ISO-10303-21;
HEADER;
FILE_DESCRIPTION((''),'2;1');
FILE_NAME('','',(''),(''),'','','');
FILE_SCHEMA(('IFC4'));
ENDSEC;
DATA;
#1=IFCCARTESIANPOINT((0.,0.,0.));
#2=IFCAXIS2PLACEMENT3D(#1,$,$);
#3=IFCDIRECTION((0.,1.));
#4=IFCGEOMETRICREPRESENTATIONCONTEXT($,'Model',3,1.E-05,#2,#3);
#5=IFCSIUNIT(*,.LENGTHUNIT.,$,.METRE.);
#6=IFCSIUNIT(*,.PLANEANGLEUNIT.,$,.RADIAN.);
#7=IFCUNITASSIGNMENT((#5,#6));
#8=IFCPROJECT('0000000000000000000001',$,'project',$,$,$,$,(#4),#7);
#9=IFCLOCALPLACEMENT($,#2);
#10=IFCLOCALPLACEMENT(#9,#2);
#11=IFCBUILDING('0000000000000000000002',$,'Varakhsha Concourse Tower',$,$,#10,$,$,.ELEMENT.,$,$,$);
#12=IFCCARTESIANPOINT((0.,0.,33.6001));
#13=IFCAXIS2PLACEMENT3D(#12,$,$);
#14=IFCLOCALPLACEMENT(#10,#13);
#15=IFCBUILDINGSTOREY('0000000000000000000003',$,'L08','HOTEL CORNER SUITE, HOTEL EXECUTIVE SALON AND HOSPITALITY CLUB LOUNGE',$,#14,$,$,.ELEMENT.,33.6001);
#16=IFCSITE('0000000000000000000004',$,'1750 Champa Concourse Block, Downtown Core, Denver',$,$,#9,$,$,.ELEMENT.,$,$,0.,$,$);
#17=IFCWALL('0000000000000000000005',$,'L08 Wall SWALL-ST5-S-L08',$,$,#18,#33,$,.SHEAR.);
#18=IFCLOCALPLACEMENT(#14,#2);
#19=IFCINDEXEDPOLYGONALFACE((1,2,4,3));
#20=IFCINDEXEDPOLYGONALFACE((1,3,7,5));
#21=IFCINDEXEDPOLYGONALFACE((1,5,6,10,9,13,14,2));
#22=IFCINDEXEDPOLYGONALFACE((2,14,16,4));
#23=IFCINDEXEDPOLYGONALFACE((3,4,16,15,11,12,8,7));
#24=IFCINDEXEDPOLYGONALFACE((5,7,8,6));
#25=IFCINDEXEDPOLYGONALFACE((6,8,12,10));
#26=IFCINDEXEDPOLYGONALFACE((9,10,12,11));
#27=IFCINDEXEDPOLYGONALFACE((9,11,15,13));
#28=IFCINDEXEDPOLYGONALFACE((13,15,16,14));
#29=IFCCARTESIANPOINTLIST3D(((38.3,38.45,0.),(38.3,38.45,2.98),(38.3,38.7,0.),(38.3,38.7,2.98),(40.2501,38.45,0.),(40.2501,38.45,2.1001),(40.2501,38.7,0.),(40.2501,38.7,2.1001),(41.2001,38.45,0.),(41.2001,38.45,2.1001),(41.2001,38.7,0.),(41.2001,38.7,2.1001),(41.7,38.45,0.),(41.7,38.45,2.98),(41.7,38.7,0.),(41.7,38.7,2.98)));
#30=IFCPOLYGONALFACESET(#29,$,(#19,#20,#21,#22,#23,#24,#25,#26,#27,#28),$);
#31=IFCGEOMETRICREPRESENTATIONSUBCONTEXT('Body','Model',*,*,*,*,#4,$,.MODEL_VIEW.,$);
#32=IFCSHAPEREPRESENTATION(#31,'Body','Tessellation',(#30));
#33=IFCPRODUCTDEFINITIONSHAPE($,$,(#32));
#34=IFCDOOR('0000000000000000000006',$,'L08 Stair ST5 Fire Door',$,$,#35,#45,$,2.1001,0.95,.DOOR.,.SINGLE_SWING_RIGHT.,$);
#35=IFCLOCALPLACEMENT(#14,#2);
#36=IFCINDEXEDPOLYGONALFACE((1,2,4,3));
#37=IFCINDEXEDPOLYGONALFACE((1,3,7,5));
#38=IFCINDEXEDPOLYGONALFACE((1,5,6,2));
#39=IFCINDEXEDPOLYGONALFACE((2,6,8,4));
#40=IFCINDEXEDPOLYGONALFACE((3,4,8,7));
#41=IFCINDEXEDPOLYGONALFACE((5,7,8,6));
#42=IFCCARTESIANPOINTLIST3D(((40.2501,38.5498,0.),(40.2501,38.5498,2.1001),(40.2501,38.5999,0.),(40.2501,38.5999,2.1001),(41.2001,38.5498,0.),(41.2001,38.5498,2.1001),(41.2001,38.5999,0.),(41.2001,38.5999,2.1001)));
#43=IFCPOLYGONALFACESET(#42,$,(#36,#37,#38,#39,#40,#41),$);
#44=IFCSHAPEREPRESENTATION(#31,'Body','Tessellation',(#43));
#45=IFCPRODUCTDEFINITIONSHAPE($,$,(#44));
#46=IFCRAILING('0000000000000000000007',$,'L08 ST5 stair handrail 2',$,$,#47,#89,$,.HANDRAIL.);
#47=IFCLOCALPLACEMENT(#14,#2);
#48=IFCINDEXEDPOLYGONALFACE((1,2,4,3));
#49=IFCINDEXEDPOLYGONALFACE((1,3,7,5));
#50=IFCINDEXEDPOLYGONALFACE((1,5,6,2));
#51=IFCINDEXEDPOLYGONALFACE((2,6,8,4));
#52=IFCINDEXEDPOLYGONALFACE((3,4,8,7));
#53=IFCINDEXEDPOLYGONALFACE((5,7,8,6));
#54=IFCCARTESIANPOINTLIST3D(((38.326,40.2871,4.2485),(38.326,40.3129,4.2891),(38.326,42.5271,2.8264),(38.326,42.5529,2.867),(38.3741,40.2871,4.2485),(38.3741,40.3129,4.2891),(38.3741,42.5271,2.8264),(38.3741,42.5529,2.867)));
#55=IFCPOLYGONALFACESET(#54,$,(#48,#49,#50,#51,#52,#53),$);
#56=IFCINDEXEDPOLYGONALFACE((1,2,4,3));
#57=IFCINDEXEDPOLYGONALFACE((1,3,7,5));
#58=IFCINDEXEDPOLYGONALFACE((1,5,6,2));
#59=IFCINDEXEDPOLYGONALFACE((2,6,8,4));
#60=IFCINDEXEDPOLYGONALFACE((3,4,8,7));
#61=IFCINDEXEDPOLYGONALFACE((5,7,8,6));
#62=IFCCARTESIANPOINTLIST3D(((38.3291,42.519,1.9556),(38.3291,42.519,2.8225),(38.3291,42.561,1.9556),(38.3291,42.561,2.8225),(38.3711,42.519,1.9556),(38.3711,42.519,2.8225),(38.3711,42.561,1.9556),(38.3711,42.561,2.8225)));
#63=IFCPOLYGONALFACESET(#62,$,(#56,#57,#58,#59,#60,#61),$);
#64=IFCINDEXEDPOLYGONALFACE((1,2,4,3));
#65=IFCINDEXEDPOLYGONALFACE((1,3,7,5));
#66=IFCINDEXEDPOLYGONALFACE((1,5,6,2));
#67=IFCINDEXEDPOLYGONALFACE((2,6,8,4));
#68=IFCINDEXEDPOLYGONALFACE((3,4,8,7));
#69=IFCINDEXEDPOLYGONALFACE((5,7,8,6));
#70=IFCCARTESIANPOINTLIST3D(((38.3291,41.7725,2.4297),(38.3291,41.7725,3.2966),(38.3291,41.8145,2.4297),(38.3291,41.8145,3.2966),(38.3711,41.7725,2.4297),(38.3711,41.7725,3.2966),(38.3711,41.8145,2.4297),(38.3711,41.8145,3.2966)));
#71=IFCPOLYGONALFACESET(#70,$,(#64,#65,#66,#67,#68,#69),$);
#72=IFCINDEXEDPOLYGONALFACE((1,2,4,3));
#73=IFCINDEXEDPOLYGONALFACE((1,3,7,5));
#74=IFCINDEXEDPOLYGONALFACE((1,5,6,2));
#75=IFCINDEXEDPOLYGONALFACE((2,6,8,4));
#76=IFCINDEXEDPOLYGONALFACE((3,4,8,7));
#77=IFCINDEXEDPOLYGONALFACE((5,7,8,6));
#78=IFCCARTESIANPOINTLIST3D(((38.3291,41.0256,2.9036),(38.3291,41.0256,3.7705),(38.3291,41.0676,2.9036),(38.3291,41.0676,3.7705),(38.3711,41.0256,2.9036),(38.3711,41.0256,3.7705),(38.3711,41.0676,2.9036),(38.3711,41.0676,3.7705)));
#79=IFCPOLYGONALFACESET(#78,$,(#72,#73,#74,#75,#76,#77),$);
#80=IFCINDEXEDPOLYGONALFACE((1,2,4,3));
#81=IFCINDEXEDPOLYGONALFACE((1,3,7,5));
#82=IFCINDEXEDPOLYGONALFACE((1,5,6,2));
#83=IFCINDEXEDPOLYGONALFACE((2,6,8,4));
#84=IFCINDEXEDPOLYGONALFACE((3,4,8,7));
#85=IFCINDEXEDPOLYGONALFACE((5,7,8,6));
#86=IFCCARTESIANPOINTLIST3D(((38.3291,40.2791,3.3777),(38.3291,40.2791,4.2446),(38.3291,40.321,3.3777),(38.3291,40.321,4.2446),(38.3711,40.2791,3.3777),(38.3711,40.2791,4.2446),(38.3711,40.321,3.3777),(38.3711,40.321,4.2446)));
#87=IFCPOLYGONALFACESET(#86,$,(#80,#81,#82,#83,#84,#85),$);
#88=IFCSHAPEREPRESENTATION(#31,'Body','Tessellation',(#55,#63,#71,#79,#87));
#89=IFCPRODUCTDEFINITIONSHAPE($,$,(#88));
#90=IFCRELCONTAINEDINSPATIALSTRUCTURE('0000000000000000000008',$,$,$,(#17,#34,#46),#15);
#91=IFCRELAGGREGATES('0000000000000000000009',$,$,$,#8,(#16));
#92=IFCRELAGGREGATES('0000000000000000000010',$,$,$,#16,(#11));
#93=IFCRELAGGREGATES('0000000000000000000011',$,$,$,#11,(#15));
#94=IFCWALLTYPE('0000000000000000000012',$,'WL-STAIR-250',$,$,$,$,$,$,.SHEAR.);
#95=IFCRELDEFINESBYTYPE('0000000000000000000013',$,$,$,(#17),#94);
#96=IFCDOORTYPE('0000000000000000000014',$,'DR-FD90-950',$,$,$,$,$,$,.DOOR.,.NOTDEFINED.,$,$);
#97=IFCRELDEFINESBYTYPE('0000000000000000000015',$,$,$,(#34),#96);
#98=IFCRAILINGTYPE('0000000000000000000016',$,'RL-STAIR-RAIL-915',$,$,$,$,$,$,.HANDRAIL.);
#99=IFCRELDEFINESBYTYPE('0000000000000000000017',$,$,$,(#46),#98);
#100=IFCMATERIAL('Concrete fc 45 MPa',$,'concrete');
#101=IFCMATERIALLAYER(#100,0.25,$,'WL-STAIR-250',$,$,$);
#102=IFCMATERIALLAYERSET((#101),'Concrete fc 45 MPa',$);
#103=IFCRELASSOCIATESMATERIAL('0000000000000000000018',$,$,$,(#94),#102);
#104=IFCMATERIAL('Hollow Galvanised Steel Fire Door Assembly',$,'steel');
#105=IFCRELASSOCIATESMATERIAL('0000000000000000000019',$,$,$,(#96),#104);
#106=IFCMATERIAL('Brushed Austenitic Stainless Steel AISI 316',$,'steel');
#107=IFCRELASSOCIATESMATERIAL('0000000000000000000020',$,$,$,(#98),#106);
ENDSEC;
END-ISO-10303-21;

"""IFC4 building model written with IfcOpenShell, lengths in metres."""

from ifc_helpers import new_model, si_unit, direction, frame, frame_2d, origin, origin_2d, place, context, subcontext, project, spatial, rectangle, extrude, material, layer, layer_set, type_object, element, fill, save


model = new_model("IFC4")

# Units and contexts
model_context = context("Model", 3, precision=1e-05, world=origin(), true_north=direction((0.0, 1.0)))
body_context = subcontext(model_context, "Body", "Model", "MODEL_VIEW")
ifc_project = project(units=[si_unit("LENGTHUNIT", "METRE"), si_unit("PLANEANGLEUNIT", "RADIAN")], contexts=[model_context])

# Site, building, storey
site_placement = place(None, origin())
site = spatial("IfcSite", under=ifc_project, at=site_placement, Name="1750 Champa Concourse Block, Downtown Core, Denver", CompositionType="ELEMENT", RefElevation=0.0)
building_placement = place(site_placement, origin())
building = spatial("IfcBuilding", under=site, at=building_placement, Name="Varakhsha Concourse Tower", CompositionType="ELEMENT")
storey_placement = place(building_placement, frame((0.0, 0.0, 33.6001)))
storey = spatial("IfcBuildingStorey", under=building, at=storey_placement, Name="L08", Description="HOTEL CORNER SUITE, HOTEL EXECUTIVE SALON AND HOSPITALITY CLUB LOUNGE", CompositionType="ELEMENT", Elevation=33.6001)

# Shared definitions
ifc_material_1 = material(Name="Hollow Galvanised Steel Fire Door Assembly", Category="steel")

# Shared definitions
ifc_material_2 = material(Name="Concrete fc 45 MPa", Category="concrete")
ifc_layer_1 = layer(ifc_material_2, 0.25, Name="WL-STAIR-250")
ifc_layer_set_1 = layer_set([ifc_layer_1], Name="Concrete fc 45 MPa")
wall_type_1 = type_object("IfcWallType", Name="WL-STAIR-250", PredefinedType="SHEAR", material=ifc_layer_set_1)

# Wall, opening, door
wall_1_placement = place(storey_placement, frame((38.3, 38.575, 0.0), z_axis=(0.0, 0.0, 1.0), x_axis=(1.0, 0.0, 0.0)))
wall_1 = element("IfcWall", 1, at=wall_1_placement, inside=storey, type_object=wall_type_1, Name="L08 Wall SWALL-ST5-S-L08", PredefinedType="SHEAR", context=body_context, shape_type="SweptSolid", body=[
    extrude(rectangle(XDim=3.3999, YDim=0.25, at=frame_2d((1.7, 0.0))), origin(), (0.0, 0.0, 1.0), 2.98),
])
opening_1_placement = place(wall_1_placement, frame((1.95, 0.0, 0.0)))
opening_1 = element("IfcOpeningElement", 2, at=opening_1_placement, cuts=wall_1, PredefinedType="OPENING", context=body_context, shape_type="SweptSolid", body=[
    extrude(rectangle(XDim=0.95, YDim=2.1001, at=frame_2d((0.4751, 1.05))), frame((0.0, 0.135, 0.0), z_axis=(0.0, -1.0, 0.0), x_axis=(1.0, 0.0, 0.0)), (0.0, 0.0, 1.0), 0.27),
])
door_type_1 = type_object("IfcDoorType", Name="DR-FD90-950", OperationType="NOTDEFINED", PredefinedType="DOOR", material=ifc_material_1)
door_1_placement = place(opening_1_placement, origin())
door_1 = element("IfcDoor", 3, at=door_1_placement, inside=storey, type_object=door_type_1, Name="L08 Stair ST5 Fire Door", OperationType="SINGLE_SWING_RIGHT", OverallHeight=2.1001, OverallWidth=0.95, PredefinedType="DOOR", context=body_context, shape_type="SweptSolid", body=[
    extrude(rectangle(XDim=0.95, YDim=2.1001, at=frame_2d((0.4751, 1.05))), frame((0.0, 0.0249, 0.0), z_axis=(0.0, -1.0, 0.0), x_axis=(1.0, 0.0, 0.0)), (0.0, 0.0, 1.0), 0.05),
])
fill(opening_1, door_1)

# Railing
ifc_material_3 = material(Name="Brushed Austenitic Stainless Steel AISI 316", Category="steel")
railing_type = type_object("IfcRailingType", Name="RL-STAIR-RAIL-915", PredefinedType="HANDRAIL", material=ifc_material_3)
railing_placement = place(storey_placement, frame((38.3501, 42.54, 1.9556)))
element("IfcRailing", 4, at=railing_placement, inside=storey, type_object=railing_type, Name="L08 ST5 stair handrail 2", PredefinedType="HANDRAIL", context=body_context, shape_type="SweptSolid", body=[
    extrude(rectangle(XDim=0.0481, YDim=0.0481, at=origin_2d()), frame((0.0, 0.0, 0.8911), z_axis=(0.0, -0.844229, 0.535982), x_axis=(1.0, 0.0, 0.0)), (0.0, 0.0, 1.0), 2.6533),
    extrude(rectangle(XDim=0.042, YDim=0.042, at=origin_2d()), origin(), (0.0, 0.0, 1.0), 0.8669),
    extrude(rectangle(XDim=0.042, YDim=0.042, at=origin_2d()), frame((0.0, -0.7466, 0.4741)), (0.0, 0.0, 1.0), 0.8669),
    extrude(rectangle(XDim=0.042, YDim=0.042, at=origin_2d()), frame((0.0, -1.4934, 0.948)), (0.0, 0.0, 1.0), 0.8669),
    extrude(rectangle(XDim=0.042, YDim=0.042, at=origin_2d()), frame((0.0, -2.24, 1.4221)), (0.0, 0.0, 1.0), 0.8669),
])

save(model, "model.ifc")
